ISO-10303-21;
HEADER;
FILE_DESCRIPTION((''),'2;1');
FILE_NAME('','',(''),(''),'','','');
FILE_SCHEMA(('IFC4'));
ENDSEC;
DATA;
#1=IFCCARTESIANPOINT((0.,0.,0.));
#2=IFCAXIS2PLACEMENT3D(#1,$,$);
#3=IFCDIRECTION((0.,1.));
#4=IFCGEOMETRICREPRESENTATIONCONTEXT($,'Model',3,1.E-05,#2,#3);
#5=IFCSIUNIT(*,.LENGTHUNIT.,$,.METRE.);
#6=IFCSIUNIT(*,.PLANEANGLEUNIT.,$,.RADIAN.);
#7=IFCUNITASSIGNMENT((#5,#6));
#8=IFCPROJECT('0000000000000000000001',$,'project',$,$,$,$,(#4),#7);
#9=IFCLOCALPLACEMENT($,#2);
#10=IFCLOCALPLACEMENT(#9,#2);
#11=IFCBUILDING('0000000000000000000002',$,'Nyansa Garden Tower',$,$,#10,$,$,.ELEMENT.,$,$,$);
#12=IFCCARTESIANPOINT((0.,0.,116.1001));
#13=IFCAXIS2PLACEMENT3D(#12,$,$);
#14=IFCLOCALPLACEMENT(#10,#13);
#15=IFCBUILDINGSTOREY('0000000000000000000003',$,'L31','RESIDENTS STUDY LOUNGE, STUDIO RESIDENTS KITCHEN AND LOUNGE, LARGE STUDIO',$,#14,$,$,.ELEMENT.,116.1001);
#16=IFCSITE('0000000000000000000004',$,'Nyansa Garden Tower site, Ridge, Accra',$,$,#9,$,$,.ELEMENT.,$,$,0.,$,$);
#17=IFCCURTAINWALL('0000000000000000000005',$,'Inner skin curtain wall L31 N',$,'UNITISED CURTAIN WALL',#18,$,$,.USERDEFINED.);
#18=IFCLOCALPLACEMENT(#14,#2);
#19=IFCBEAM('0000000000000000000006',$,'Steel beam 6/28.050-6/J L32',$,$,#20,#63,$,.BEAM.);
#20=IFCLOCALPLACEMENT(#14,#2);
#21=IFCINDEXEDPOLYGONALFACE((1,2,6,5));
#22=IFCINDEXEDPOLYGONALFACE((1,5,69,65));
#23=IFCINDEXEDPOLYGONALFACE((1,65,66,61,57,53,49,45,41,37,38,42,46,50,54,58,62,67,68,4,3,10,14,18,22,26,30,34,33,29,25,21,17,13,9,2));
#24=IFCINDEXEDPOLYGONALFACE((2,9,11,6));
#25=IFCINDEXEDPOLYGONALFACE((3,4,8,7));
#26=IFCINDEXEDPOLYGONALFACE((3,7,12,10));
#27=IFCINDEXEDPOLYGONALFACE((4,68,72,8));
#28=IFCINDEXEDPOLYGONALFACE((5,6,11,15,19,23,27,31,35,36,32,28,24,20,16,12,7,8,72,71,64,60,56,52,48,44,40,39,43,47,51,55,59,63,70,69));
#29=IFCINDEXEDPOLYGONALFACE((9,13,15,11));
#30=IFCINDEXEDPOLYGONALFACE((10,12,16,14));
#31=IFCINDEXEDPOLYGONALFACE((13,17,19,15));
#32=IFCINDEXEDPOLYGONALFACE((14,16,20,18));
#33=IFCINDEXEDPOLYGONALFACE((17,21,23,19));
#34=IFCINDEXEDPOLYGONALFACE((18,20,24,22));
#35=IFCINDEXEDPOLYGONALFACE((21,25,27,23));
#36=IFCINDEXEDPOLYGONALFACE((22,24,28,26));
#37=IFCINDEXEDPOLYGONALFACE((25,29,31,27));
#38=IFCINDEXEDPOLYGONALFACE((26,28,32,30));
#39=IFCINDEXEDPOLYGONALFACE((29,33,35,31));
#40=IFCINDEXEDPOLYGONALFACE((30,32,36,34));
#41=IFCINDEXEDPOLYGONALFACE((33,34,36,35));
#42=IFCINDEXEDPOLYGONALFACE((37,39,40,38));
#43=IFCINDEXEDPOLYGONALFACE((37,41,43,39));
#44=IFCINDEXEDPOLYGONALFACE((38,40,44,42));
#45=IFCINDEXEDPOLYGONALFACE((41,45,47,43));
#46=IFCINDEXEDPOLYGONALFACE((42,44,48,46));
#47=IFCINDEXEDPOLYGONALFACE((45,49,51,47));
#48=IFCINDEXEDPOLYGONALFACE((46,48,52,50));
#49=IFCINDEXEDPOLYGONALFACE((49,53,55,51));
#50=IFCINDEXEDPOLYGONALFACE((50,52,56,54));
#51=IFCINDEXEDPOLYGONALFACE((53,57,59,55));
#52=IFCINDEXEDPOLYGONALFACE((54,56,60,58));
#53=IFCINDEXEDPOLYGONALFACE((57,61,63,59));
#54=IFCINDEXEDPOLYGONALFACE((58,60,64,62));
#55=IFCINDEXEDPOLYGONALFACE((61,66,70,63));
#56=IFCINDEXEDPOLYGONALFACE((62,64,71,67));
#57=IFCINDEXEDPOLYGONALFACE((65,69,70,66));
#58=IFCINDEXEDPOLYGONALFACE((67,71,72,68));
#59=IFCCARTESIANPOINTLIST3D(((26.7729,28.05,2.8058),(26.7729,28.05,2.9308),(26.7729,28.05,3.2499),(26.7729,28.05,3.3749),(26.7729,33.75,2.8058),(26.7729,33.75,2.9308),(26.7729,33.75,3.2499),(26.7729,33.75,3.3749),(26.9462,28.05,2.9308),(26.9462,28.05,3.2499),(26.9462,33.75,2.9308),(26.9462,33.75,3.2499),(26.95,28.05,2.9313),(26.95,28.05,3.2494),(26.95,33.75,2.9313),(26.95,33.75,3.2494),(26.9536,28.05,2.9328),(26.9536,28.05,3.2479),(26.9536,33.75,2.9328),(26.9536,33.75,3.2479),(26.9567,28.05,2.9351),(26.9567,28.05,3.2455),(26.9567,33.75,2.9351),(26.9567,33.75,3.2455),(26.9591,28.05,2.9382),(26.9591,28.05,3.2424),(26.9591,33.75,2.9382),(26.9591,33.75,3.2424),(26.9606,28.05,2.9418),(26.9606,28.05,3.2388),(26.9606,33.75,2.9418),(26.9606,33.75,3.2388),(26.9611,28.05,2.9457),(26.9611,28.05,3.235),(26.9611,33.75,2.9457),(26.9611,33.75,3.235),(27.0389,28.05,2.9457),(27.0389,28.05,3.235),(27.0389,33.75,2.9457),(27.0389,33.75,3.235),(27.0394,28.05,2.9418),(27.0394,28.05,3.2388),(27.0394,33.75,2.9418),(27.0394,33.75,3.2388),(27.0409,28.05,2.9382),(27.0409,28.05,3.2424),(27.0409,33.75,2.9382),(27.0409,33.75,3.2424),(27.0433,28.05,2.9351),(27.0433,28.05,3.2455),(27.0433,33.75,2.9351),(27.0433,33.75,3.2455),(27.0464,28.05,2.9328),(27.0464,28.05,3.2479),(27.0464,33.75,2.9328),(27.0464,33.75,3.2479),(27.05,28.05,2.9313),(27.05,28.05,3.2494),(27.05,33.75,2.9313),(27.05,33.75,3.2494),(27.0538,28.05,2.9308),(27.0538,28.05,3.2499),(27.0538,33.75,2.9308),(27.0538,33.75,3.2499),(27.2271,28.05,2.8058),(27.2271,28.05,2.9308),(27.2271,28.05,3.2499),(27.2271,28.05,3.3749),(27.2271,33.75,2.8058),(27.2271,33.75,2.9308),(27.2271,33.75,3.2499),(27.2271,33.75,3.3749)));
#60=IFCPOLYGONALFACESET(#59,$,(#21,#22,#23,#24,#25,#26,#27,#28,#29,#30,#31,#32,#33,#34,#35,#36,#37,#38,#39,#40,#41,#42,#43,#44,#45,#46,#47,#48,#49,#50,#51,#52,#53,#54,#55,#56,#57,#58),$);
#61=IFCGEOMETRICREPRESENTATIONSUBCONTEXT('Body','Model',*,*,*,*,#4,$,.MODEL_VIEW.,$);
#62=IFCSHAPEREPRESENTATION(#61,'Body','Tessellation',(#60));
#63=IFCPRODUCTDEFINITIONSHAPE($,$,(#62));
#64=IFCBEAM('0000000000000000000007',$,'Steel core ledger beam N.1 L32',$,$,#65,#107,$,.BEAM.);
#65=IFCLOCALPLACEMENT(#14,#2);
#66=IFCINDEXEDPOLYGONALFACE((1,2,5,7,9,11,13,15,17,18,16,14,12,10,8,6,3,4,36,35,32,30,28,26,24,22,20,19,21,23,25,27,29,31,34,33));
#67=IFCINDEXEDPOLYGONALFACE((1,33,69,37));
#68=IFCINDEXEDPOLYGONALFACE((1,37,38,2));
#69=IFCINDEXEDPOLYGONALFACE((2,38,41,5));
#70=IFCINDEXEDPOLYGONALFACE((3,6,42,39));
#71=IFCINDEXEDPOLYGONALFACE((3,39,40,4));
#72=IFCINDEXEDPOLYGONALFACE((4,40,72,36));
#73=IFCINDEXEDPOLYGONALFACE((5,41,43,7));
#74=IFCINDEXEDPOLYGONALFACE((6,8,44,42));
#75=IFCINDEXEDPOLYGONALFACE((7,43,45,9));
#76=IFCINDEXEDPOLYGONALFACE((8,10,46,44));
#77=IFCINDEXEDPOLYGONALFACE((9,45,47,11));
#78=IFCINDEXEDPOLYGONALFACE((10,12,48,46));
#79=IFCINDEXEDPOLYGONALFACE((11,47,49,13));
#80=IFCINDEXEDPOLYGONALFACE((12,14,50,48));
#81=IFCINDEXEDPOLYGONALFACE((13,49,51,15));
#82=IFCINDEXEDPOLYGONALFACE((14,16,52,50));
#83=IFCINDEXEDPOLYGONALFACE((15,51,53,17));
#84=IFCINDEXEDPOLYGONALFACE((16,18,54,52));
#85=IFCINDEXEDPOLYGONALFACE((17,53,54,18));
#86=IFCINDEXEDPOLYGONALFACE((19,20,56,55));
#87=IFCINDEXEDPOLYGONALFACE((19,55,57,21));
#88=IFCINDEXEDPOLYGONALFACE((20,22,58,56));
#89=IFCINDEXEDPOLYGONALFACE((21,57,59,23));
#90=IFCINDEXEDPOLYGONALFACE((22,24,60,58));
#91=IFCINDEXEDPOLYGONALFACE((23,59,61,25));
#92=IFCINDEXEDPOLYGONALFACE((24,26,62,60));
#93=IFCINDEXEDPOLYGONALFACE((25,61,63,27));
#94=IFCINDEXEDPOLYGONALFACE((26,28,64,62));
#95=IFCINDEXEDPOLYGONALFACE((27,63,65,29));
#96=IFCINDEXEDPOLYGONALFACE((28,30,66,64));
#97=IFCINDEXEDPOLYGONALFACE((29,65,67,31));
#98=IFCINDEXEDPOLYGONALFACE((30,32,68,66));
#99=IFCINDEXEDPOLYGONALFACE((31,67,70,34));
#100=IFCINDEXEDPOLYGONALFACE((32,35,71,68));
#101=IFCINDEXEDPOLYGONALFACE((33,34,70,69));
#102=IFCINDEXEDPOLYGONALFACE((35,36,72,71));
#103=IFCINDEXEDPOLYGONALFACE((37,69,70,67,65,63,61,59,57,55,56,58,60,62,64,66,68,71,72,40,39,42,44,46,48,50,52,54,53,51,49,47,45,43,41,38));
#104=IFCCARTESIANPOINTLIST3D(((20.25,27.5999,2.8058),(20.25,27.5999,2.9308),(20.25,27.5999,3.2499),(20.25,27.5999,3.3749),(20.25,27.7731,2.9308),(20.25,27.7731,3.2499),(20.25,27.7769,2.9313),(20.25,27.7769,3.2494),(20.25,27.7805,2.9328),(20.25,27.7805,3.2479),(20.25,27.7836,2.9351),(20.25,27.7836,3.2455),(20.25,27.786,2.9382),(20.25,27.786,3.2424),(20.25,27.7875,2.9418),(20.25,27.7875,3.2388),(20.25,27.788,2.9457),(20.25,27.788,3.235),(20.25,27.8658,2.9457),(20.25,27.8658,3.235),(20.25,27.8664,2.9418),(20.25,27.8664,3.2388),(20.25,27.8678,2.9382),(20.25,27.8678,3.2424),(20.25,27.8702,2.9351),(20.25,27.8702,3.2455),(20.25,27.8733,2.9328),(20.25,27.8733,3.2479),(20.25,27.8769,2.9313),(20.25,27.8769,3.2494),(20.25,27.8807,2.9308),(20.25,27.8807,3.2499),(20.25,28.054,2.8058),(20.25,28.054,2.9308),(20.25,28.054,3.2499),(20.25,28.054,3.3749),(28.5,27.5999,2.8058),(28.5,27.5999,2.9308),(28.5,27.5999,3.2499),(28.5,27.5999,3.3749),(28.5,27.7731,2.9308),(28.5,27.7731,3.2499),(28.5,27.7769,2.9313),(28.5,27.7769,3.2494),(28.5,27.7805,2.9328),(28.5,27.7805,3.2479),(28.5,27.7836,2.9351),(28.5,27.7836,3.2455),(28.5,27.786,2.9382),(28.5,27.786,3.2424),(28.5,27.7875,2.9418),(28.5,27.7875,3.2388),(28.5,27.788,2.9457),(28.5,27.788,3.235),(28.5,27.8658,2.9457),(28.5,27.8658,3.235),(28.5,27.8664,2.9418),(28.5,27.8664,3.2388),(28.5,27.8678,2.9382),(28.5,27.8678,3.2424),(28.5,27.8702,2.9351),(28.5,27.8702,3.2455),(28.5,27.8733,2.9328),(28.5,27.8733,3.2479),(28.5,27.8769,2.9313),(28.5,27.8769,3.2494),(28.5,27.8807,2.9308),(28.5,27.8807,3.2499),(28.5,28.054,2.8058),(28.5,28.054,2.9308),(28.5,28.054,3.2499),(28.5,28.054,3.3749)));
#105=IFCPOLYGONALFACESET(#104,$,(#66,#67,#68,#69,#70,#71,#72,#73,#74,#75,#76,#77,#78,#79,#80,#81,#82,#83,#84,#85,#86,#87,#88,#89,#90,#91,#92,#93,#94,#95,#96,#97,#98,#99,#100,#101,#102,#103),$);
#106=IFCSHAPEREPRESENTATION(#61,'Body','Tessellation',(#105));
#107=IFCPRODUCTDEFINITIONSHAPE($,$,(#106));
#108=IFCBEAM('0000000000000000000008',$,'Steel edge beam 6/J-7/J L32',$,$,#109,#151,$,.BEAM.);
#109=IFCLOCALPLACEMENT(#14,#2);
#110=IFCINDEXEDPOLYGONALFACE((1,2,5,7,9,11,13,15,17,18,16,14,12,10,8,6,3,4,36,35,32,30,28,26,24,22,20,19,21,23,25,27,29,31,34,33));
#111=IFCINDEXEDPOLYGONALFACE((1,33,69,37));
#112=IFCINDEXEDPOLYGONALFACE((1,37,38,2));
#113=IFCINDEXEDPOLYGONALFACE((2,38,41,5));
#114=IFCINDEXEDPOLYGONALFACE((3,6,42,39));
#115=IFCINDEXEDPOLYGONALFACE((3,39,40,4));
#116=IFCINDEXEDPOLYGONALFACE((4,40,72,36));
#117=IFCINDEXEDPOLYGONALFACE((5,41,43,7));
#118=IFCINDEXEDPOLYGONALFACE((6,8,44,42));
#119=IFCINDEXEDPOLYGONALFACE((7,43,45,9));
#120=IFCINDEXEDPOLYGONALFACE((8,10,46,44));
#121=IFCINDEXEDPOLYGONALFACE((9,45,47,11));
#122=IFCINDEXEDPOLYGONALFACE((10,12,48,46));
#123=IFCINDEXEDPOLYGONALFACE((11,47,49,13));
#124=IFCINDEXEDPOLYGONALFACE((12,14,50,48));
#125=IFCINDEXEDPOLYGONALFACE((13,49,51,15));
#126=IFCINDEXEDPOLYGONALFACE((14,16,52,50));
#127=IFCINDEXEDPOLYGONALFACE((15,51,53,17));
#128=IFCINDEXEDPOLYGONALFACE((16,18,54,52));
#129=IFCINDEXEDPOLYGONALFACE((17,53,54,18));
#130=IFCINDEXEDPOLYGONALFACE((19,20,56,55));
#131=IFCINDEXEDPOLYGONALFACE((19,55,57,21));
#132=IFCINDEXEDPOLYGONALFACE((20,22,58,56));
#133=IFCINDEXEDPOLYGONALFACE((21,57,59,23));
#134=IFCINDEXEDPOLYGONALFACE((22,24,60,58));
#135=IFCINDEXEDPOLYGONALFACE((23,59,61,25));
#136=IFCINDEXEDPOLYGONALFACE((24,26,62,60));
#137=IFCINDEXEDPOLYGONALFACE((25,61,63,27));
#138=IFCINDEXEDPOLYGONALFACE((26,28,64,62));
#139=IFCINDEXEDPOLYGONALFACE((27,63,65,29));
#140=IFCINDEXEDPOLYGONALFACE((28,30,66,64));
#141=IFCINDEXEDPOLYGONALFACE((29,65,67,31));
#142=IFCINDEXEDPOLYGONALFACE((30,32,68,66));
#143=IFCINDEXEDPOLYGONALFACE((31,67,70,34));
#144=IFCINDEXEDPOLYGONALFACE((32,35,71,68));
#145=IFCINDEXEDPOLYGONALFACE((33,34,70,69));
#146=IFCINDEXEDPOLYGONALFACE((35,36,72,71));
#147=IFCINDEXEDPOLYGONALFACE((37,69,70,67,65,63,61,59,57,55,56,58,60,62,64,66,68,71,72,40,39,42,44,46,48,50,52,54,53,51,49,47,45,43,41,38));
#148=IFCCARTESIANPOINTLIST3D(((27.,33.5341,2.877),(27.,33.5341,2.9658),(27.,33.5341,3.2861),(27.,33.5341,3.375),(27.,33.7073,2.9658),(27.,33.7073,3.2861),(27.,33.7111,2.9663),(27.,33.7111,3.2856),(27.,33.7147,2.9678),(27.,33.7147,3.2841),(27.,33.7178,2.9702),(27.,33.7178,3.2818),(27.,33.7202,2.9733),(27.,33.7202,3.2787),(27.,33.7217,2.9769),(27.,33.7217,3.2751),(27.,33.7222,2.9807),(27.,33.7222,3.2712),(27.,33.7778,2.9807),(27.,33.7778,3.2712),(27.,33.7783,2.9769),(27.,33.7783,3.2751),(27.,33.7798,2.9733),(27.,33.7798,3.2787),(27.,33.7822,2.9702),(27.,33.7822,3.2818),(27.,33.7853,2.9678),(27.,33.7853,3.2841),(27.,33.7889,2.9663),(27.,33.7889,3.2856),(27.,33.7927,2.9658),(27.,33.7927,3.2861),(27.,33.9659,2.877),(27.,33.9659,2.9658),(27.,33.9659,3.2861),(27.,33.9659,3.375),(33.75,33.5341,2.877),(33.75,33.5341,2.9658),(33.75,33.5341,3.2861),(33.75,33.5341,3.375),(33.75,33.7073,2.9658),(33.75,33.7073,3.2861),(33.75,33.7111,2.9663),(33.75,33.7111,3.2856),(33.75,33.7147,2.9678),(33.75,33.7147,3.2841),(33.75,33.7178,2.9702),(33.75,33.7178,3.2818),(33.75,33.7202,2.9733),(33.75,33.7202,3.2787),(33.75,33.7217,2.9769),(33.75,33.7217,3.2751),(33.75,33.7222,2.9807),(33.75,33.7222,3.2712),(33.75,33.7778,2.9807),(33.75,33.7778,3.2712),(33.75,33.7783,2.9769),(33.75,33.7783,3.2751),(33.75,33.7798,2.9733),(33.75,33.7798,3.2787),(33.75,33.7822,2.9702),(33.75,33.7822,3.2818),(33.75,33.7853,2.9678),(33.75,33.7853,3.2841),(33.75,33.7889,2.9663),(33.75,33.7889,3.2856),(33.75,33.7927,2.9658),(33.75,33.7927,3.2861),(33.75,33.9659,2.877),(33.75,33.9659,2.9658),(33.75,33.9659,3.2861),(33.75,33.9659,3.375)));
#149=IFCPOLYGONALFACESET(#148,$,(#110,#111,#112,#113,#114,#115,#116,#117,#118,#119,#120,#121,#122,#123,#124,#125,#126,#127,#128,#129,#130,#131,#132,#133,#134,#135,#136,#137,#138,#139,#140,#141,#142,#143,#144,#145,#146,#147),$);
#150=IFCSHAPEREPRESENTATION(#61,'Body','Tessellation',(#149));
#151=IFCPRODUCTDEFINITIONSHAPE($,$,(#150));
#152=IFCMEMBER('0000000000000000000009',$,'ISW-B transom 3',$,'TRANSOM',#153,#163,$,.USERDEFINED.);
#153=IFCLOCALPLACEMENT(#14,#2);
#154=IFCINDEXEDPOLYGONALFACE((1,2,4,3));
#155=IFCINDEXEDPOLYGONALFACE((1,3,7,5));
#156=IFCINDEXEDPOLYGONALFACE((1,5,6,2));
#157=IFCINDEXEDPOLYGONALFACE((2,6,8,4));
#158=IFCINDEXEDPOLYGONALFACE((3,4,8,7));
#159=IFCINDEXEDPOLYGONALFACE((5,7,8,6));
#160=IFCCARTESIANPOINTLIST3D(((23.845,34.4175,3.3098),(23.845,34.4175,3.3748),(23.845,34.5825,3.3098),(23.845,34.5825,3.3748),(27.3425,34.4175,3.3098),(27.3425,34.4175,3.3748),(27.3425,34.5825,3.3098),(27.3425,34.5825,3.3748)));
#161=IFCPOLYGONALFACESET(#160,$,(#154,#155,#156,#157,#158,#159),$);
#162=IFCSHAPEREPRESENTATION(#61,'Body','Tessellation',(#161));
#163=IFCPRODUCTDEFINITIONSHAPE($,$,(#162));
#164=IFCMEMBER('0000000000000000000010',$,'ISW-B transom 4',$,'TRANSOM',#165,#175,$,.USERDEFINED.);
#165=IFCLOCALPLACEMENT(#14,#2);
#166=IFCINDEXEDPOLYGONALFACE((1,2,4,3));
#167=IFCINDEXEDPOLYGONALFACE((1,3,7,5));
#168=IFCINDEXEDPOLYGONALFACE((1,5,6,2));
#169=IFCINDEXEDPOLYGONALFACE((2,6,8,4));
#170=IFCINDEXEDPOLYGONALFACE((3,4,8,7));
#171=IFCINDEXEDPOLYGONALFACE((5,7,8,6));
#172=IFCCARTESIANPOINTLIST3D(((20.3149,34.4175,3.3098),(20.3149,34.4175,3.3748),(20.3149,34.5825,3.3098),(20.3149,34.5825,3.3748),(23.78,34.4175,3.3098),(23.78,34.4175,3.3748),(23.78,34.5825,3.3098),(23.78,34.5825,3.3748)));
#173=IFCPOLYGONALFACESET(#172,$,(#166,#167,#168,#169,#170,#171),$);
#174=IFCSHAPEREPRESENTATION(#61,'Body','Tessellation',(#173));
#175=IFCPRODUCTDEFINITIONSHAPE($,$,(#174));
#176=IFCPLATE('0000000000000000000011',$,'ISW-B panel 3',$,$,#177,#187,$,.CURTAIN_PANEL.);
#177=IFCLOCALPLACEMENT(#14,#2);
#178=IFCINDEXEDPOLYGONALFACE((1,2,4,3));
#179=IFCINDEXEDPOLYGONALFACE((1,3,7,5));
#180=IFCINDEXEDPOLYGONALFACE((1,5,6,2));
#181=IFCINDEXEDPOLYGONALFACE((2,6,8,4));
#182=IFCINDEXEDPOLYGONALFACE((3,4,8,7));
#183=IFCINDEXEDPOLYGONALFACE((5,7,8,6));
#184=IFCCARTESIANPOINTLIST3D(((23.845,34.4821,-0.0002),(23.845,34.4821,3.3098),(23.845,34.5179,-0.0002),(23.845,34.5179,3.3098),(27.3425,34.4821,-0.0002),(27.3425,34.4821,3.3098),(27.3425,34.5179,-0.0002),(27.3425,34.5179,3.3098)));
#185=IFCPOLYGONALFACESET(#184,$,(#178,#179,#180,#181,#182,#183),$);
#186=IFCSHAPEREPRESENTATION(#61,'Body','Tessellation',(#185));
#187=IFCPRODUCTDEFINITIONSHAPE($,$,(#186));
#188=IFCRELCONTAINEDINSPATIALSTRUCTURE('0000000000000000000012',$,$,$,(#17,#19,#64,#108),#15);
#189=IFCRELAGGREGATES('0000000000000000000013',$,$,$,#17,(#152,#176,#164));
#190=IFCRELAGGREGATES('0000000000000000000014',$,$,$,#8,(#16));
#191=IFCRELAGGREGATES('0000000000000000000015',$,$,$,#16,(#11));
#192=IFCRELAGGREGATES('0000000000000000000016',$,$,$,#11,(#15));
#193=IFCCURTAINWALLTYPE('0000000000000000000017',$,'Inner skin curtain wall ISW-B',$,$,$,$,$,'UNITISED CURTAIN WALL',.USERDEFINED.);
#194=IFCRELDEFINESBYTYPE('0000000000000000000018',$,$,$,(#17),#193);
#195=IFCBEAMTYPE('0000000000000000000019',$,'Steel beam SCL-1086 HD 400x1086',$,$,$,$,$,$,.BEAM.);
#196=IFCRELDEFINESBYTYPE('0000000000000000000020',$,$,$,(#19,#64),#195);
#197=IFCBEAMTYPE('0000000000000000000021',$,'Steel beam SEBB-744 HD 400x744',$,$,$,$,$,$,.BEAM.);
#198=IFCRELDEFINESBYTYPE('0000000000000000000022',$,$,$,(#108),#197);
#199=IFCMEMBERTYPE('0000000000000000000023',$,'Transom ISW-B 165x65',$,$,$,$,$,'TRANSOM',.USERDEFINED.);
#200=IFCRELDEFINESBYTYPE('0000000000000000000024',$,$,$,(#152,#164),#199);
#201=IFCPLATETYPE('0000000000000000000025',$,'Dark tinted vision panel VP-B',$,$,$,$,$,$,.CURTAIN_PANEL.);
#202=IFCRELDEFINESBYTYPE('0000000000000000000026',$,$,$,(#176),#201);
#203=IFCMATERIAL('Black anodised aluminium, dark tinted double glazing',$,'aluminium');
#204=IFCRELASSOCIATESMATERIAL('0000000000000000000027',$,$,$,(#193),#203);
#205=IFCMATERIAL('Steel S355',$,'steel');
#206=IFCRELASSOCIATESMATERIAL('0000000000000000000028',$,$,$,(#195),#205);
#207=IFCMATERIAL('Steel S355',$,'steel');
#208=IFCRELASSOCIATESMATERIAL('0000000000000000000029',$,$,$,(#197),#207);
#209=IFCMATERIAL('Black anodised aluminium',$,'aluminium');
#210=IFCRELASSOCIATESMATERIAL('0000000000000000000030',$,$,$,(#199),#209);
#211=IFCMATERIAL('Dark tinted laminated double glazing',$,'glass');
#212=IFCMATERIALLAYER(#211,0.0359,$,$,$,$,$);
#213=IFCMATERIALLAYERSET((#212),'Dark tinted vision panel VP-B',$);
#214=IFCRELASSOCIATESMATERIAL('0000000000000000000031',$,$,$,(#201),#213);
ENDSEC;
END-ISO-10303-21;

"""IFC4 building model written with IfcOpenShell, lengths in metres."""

from ifc_helpers import new_model, si_unit, direction, frame, origin, origin_2d, place, context, subcontext, project, spatial, rectangle, i_section, extrude, material, layer, layer_set, material_profile, profile_set, type_object, element, aggregate, save


model = new_model("IFC4")

# Units and contexts
model_context = context("Model", 3, precision=1e-05, world=origin(), true_north=direction((0.0, 1.0)))
body_context = subcontext(model_context, "Body", "Model", "MODEL_VIEW")
ifc_project = project(units=[si_unit("LENGTHUNIT", "METRE"), si_unit("PLANEANGLEUNIT", "RADIAN")], contexts=[model_context])

# Site, building, storey
site_placement = place(None, origin())
site = spatial("IfcSite", under=ifc_project, at=site_placement, Name="Nyansa Garden Tower site, Ridge, Accra", CompositionType="ELEMENT", RefElevation=0.0)
building_placement = place(site_placement, origin())
building = spatial("IfcBuilding", under=site, at=building_placement, Name="Nyansa Garden Tower", CompositionType="ELEMENT")
storey_placement = place(building_placement, frame((0.0, 0.0, 116.1001)))
storey = spatial("IfcBuildingStorey", under=building, at=storey_placement, Name="L31", Description="RESIDENTS STUDY LOUNGE, STUDIO RESIDENTS KITCHEN AND LOUNGE, LARGE STUDIO", CompositionType="ELEMENT", Elevation=116.1001)

# Curtain wall
ifc_material_1 = material(Name="Black anodised aluminium, dark tinted double glazing", Category="aluminium")
curtain_wall_type = type_object("IfcCurtainWallType", Name="Inner skin curtain wall ISW-B", ElementType="UNITISED CURTAIN WALL", PredefinedType="USERDEFINED", material=ifc_material_1)
curtain_wall_placement = place(storey_placement, origin())
curtain_wall = element("IfcCurtainWall", 1, at=curtain_wall_placement, inside=storey, type_object=curtain_wall_type, Name="Inner skin curtain wall L31 N", ObjectType="UNITISED CURTAIN WALL", PredefinedType="USERDEFINED")

# Beams
ifc_material_2 = material(Name="Steel S355", Category="steel")
ifc_material_profile_1 = material_profile(ifc_material_2, i_section(OverallWidth=0.4541, OverallDepth=0.5691, WebThickness=0.0779, FlangeThickness=0.125, FilletRadius=0.0149, at=origin_2d()), Name="HD 400x1086")
ifc_profile_set_1 = profile_set([ifc_material_profile_1], Name="Steel S355")
beam_type_1 = type_object("IfcBeamType", Name="Steel beam SCL-1086 HD 400x1086", PredefinedType="BEAM", material=ifc_profile_set_1)
beam_1_placement = place(storey_placement, frame((27.0, 28.05, 3.0903), z_axis=(0.0, 1.0, 0.0), x_axis=(-1.0, 0.0, 0.0)))
element("IfcBeam", 2, at=beam_1_placement, inside=storey, type_object=beam_type_1, Name="Steel beam 6/28.050-6/J L32", PredefinedType="BEAM", context=body_context, shape_type="SweptSolid", body=[
    extrude(i_section(OverallWidth=0.4541, OverallDepth=0.5691, WebThickness=0.0779, FlangeThickness=0.125, FilletRadius=0.0149, at=origin_2d()), origin(), (0.0, 0.0, 1.0), 5.7),
])
beam_2_placement = place(storey_placement, frame((28.5, 27.8269, 3.0903), z_axis=(-1.0, 0.0, 0.0), x_axis=(0.0, -1.0, 0.0)))
element("IfcBeam", 3, at=beam_2_placement, inside=storey, type_object=beam_type_1, Name="Steel core ledger beam N.1 L32", PredefinedType="BEAM", context=body_context, shape_type="SweptSolid", body=[
    extrude(i_section(OverallWidth=0.4541, OverallDepth=0.5691, WebThickness=0.0779, FlangeThickness=0.125, FilletRadius=0.0149, at=origin_2d()), origin(), (0.0, 0.0, 1.0), 8.25),
])
ifc_material_3 = material(Name="Steel S355", Category="steel")
ifc_material_profile_2 = material_profile(ifc_material_3, i_section(OverallWidth=0.4319, OverallDepth=0.498, WebThickness=0.0557, FlangeThickness=0.0889, FilletRadius=0.0149, at=origin_2d()), Name="HD 400x744")
ifc_profile_set_2 = profile_set([ifc_material_profile_2], Name="Steel S355")
beam_type_2 = type_object("IfcBeamType", Name="Steel beam SEBB-744 HD 400x744", PredefinedType="BEAM", material=ifc_profile_set_2)
beam_3_placement = place(storey_placement, frame((27.0, 33.75, 3.126), z_axis=(1.0, 0.0, 0.0), x_axis=(0.0, 1.0, 0.0)))
element("IfcBeam", 4, at=beam_3_placement, inside=storey, type_object=beam_type_2, Name="Steel edge beam 6/J-7/J L32", PredefinedType="BEAM", context=body_context, shape_type="SweptSolid", body=[
    extrude(i_section(OverallWidth=0.4319, OverallDepth=0.498, WebThickness=0.0557, FlangeThickness=0.0889, FilletRadius=0.0149, at=origin_2d()), origin(), (0.0, 0.0, 1.0), 6.75),
])

# Members
ifc_material_4 = material(Name="Black anodised aluminium", Category="aluminium")
ifc_material_profile_3 = material_profile(ifc_material_4, rectangle(XDim=0.165, YDim=0.0649, at=origin_2d()), Name="Transom 165x65")
ifc_profile_set_3 = profile_set([ifc_material_profile_3], Name="Black anodised aluminium")
member_type_1 = type_object("IfcMemberType", Name="Transom ISW-B 165x65", ElementType="TRANSOM", PredefinedType="USERDEFINED", material=ifc_profile_set_3)
member_1_placement = place(storey_placement, frame((27.3425, 34.5, 3.3423), z_axis=(-1.0, 0.0, 0.0), x_axis=(0.0, -1.0, 0.0)))
member_1 = element("IfcMember", 5, at=member_1_placement, type_object=member_type_1, Name="ISW-B transom 3", ObjectType="TRANSOM", PredefinedType="USERDEFINED", context=body_context, shape_type="SweptSolid", body=[
    extrude(rectangle(XDim=0.165, YDim=0.0649, at=origin_2d()), origin(), (0.0, 0.0, 1.0), 3.4976),
])
member_2_placement = place(storey_placement, frame((23.78, 34.5, 3.3423), z_axis=(-1.0, 0.0, 0.0), x_axis=(0.0, -1.0, 0.0)))
member_2 = element("IfcMember", 6, at=member_2_placement, type_object=member_type_1, Name="ISW-B transom 4", ObjectType="TRANSOM", PredefinedType="USERDEFINED", context=body_context, shape_type="SweptSolid", body=[
    extrude(rectangle(XDim=0.165, YDim=0.0649, at=origin_2d()), origin(), (0.0, 0.0, 1.0), 3.4651),
])

# Plate
ifc_material_5 = material(Name="Dark tinted laminated double glazing", Category="glass")
ifc_layer_1 = layer(ifc_material_5, 0.0359)
ifc_layer_set_1 = layer_set([ifc_layer_1], Name="Dark tinted vision panel VP-B")
plate_type_1 = type_object("IfcPlateType", Name="Dark tinted vision panel VP-B", PredefinedType="CURTAIN_PANEL", material=ifc_layer_set_1)
plate_1_placement = place(storey_placement, frame((25.5938, 34.5, -0.0002), z_axis=(0.0, 0.0, 1.0), x_axis=(-1.0, 0.0, 0.0)))
plate_1 = element("IfcPlate", 7, at=plate_1_placement, type_object=plate_type_1, Name="ISW-B panel 3", PredefinedType="CURTAIN_PANEL", context=body_context, shape_type="SweptSolid", body=[
    extrude(rectangle(XDim=3.4976, YDim=0.0359, at=origin_2d()), origin(), (0.0, 0.0, 1.0), 3.3101),
])
aggregate(curtain_wall, [member_1, plate_1, member_2])

save(model, "model.ifc")
